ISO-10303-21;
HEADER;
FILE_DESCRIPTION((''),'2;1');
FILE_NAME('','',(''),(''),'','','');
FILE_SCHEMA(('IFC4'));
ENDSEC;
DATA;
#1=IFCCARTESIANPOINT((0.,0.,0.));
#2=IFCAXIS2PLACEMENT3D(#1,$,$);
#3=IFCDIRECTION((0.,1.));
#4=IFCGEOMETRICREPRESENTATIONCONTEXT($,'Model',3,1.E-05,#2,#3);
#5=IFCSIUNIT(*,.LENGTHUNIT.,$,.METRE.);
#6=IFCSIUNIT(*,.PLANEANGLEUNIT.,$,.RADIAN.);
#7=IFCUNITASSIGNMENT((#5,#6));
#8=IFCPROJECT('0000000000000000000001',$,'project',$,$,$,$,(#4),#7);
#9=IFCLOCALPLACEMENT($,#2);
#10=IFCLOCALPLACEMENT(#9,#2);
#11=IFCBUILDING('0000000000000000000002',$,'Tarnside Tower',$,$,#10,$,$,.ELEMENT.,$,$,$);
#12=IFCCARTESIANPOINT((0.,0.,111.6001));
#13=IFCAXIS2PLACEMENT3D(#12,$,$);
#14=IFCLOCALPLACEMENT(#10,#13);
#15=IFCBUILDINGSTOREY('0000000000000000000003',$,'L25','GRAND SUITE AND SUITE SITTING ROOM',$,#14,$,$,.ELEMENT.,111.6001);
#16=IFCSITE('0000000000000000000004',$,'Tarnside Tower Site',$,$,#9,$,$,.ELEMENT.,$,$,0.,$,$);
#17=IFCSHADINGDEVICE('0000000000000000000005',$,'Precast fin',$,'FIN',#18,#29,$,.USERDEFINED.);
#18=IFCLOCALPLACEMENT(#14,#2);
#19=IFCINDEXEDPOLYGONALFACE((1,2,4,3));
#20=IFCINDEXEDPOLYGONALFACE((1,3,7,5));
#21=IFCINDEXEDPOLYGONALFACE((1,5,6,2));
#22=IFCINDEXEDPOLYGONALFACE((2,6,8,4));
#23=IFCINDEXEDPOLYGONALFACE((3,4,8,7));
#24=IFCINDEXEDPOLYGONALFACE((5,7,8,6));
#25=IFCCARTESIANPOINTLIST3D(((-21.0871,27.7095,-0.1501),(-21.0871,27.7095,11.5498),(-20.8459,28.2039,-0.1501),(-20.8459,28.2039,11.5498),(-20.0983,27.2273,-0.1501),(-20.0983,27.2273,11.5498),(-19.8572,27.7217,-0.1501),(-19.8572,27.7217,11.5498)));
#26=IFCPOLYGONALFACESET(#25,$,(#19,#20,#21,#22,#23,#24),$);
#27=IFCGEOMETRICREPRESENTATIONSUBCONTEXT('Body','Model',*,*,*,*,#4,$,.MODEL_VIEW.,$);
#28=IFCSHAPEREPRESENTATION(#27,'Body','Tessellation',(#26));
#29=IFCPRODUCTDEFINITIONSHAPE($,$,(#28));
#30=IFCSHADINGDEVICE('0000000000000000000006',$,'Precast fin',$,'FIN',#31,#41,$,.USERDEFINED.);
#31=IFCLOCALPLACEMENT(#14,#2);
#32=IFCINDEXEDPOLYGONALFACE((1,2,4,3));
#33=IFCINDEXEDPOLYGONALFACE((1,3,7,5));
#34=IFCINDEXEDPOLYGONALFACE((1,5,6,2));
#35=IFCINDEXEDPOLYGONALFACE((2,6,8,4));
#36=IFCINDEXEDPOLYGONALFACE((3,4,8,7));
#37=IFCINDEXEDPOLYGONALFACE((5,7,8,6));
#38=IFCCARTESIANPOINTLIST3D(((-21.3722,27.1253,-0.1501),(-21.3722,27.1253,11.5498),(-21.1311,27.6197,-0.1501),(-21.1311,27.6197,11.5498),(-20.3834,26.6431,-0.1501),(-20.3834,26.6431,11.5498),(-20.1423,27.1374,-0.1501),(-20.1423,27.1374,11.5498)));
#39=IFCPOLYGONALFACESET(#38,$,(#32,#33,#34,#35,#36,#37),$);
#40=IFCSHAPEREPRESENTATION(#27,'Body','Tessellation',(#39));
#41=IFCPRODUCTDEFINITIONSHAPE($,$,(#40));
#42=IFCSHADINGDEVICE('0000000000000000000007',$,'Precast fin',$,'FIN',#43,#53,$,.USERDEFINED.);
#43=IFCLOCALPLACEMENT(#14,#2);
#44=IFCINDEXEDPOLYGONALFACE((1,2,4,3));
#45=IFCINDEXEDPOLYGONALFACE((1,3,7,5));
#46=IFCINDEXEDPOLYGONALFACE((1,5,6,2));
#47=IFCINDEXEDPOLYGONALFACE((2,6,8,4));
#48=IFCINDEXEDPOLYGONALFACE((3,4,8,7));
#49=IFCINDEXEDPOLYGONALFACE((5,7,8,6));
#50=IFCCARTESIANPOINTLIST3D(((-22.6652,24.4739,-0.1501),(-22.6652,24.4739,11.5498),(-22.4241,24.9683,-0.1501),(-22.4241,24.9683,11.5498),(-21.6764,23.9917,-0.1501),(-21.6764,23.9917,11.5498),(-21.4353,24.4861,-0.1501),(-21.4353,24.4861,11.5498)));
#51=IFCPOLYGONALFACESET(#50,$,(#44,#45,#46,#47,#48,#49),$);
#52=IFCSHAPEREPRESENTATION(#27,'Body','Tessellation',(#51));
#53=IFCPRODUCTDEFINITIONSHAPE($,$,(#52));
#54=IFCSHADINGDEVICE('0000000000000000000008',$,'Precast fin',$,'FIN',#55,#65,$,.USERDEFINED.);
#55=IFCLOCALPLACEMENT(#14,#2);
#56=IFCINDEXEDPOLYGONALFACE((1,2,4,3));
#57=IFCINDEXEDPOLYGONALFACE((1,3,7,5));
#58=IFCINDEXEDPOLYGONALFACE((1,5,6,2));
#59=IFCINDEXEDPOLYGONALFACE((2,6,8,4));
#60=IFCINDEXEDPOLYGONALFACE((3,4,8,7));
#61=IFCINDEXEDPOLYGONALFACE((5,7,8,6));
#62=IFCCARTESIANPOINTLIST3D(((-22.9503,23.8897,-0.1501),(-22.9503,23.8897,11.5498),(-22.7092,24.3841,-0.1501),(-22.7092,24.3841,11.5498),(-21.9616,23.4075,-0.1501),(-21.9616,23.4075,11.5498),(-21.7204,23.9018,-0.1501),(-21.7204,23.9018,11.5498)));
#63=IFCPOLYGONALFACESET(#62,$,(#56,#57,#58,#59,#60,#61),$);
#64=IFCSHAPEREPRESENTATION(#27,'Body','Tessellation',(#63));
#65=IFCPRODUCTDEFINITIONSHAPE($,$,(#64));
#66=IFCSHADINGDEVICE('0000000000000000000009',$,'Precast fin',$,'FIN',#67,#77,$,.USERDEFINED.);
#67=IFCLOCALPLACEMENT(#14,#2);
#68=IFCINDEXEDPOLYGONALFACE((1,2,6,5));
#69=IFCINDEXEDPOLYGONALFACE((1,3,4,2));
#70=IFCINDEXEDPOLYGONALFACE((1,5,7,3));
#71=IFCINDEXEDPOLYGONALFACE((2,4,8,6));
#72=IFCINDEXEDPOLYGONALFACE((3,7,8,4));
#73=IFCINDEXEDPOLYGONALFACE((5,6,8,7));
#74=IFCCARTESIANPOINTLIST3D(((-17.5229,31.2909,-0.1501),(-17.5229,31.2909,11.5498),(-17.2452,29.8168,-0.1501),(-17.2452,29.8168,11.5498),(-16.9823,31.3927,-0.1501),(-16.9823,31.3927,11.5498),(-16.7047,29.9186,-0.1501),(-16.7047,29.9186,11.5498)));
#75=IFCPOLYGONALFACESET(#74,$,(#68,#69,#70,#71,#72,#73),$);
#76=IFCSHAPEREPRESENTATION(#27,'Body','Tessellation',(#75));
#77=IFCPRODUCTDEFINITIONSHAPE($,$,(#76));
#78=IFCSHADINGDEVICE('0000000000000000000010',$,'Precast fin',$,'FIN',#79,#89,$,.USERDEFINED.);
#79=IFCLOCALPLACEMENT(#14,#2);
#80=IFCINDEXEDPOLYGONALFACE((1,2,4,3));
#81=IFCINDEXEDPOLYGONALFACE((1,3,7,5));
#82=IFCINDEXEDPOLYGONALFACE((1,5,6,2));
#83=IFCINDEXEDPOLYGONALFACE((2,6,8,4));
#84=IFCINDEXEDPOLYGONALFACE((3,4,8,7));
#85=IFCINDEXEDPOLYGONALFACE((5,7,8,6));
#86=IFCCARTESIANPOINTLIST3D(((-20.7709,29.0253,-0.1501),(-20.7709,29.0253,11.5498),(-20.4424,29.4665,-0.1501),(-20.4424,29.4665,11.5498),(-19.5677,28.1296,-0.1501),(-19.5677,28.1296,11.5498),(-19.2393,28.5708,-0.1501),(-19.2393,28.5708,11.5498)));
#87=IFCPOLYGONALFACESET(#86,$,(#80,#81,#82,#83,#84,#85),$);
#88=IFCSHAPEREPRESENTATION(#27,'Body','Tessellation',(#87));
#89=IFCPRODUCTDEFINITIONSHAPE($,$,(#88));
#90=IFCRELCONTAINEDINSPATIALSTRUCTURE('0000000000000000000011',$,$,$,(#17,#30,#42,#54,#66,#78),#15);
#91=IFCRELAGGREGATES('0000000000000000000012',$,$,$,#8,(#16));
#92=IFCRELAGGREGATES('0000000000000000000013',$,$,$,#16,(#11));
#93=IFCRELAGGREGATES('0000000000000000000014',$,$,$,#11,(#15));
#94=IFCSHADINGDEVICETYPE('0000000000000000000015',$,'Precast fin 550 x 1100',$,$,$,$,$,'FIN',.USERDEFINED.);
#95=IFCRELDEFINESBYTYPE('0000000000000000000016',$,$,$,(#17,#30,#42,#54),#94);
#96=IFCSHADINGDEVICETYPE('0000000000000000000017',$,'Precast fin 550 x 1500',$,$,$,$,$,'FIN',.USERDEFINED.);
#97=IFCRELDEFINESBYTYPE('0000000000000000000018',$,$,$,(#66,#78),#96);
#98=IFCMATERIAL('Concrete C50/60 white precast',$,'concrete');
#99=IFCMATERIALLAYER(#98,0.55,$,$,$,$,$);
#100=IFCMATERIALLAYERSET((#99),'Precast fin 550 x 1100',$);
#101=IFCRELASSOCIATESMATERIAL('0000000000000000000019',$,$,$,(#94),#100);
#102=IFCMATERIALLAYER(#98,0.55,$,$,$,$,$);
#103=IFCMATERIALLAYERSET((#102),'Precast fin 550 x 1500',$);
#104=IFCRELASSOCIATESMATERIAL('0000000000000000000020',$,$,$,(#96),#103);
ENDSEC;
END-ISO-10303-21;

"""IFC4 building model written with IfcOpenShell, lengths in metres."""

from ifc_helpers import new_model, si_unit, direction, frame, origin, place, context, subcontext, project, spatial, polyline, outline, extrude, material, layer, layer_set, type_object, element, save


model = new_model("IFC4")

# Units and contexts
model_context = context("Model", 3, precision=1e-05, world=origin(), true_north=direction((0.0, 1.0)))
body_context = subcontext(model_context, "Body", "Model", "MODEL_VIEW")
ifc_project = project(units=[si_unit("LENGTHUNIT", "METRE"), si_unit("PLANEANGLEUNIT", "RADIAN")], contexts=[model_context])

# Site, building, storey
site_placement = place(None, origin())
site = spatial("IfcSite", under=ifc_project, at=site_placement, Name="Tarnside Tower Site", CompositionType="ELEMENT", RefElevation=0.0)
building_placement = place(site_placement, origin())
building = spatial("IfcBuilding", under=site, at=building_placement, Name="Tarnside Tower", CompositionType="ELEMENT")
storey_placement = place(building_placement, frame((0.0, 0.0, 111.6001)))
storey = spatial("IfcBuildingStorey", under=building, at=storey_placement, Name="L25", Description="GRAND SUITE AND SUITE SITTING ROOM", CompositionType="ELEMENT", Elevation=111.6001)

# Shading devices
ifc_material_1 = material(Name="Concrete C50/60 white precast", Category="concrete")
ifc_layer_1 = layer(ifc_material_1, 0.55)
ifc_layer_set_1 = layer_set([ifc_layer_1], Name="Precast fin 550 x 1100")
shading_device_type_1 = type_object("IfcShadingDeviceType", Name="Precast fin 550 x 1100", ElementType="FIN", PredefinedType="USERDEFINED", material=ifc_layer_set_1)
for number, where, z_axis, x_axis, name in (
    (1, (-19.9778, 27.4744, -0.1501), (0.438371, 0.898794, 0.0), (-0.898794, 0.438371, 0.0), "Precast fin"),
    (2, (-20.2629, 26.8901, -0.1501), (0.438371, 0.898794, 0.0), (-0.898794, 0.438371, 0.0), "Precast fin"),
    (3, (-21.5559, 24.2388, -0.1501), (0.438371, 0.898794, 0.0), (-0.898794, 0.438371, 0.0), "Precast fin"),
    (4, (-21.8411, 23.6545, -0.1501), (0.438371, 0.898794, 0.0), (-0.898794, 0.438371, 0.0), "Precast fin"),
):
    element("IfcShadingDevice", number, at=place(storey_placement, frame(where, z_axis=z_axis, x_axis=x_axis)), inside=storey, type_object=shading_device_type_1, Name=name, ObjectType="FIN", PredefinedType="USERDEFINED", context=body_context, shape_type="SweptSolid", body=[
        extrude(outline(polyline([(0.0, 0.0), (1.1001, 0.0), (1.1001, 11.7), (0.0, 11.7), (0.0, 0.0)])), frame((0.0, 0.0, -0.2749)), (0.0, 0.0, 1.0), 0.55),
    ])
ifc_layer_2 = layer(ifc_material_1, 0.55)
ifc_layer_set_2 = layer_set([ifc_layer_2], Name="Precast fin 550 x 1500")
shading_device_type_2 = type_object("IfcShadingDeviceType", Name="Precast fin 550 x 1500", ElementType="FIN", PredefinedType="USERDEFINED", material=ifc_layer_set_2)
for number, where, z_axis, x_axis, name in (
    (5, (-16.9751, 29.8677, -0.1501), (0.982721, 0.185095, 0.0), (-0.185095, 0.982721, 0.0), "Precast fin"),
    (6, (-19.4036, 28.3501, -0.1501), (0.597159, 0.802123, 0.0), (-0.802123, 0.597159, 0.0), "Precast fin"),
):
    element("IfcShadingDevice", number, at=place(storey_placement, frame(where, z_axis=z_axis, x_axis=x_axis)), inside=storey, type_object=shading_device_type_2, Name=name, ObjectType="FIN", PredefinedType="USERDEFINED", context=body_context, shape_type="SweptSolid", body=[
        extrude(outline(polyline([(0.0, 0.0), (1.5, 0.0), (1.5, 11.7), (0.0, 11.7), (0.0, 0.0)])), frame((0.0, 0.0, -0.2749)), (0.0, 0.0, 1.0), 0.55),
    ])

save(model, "model.ifc")
